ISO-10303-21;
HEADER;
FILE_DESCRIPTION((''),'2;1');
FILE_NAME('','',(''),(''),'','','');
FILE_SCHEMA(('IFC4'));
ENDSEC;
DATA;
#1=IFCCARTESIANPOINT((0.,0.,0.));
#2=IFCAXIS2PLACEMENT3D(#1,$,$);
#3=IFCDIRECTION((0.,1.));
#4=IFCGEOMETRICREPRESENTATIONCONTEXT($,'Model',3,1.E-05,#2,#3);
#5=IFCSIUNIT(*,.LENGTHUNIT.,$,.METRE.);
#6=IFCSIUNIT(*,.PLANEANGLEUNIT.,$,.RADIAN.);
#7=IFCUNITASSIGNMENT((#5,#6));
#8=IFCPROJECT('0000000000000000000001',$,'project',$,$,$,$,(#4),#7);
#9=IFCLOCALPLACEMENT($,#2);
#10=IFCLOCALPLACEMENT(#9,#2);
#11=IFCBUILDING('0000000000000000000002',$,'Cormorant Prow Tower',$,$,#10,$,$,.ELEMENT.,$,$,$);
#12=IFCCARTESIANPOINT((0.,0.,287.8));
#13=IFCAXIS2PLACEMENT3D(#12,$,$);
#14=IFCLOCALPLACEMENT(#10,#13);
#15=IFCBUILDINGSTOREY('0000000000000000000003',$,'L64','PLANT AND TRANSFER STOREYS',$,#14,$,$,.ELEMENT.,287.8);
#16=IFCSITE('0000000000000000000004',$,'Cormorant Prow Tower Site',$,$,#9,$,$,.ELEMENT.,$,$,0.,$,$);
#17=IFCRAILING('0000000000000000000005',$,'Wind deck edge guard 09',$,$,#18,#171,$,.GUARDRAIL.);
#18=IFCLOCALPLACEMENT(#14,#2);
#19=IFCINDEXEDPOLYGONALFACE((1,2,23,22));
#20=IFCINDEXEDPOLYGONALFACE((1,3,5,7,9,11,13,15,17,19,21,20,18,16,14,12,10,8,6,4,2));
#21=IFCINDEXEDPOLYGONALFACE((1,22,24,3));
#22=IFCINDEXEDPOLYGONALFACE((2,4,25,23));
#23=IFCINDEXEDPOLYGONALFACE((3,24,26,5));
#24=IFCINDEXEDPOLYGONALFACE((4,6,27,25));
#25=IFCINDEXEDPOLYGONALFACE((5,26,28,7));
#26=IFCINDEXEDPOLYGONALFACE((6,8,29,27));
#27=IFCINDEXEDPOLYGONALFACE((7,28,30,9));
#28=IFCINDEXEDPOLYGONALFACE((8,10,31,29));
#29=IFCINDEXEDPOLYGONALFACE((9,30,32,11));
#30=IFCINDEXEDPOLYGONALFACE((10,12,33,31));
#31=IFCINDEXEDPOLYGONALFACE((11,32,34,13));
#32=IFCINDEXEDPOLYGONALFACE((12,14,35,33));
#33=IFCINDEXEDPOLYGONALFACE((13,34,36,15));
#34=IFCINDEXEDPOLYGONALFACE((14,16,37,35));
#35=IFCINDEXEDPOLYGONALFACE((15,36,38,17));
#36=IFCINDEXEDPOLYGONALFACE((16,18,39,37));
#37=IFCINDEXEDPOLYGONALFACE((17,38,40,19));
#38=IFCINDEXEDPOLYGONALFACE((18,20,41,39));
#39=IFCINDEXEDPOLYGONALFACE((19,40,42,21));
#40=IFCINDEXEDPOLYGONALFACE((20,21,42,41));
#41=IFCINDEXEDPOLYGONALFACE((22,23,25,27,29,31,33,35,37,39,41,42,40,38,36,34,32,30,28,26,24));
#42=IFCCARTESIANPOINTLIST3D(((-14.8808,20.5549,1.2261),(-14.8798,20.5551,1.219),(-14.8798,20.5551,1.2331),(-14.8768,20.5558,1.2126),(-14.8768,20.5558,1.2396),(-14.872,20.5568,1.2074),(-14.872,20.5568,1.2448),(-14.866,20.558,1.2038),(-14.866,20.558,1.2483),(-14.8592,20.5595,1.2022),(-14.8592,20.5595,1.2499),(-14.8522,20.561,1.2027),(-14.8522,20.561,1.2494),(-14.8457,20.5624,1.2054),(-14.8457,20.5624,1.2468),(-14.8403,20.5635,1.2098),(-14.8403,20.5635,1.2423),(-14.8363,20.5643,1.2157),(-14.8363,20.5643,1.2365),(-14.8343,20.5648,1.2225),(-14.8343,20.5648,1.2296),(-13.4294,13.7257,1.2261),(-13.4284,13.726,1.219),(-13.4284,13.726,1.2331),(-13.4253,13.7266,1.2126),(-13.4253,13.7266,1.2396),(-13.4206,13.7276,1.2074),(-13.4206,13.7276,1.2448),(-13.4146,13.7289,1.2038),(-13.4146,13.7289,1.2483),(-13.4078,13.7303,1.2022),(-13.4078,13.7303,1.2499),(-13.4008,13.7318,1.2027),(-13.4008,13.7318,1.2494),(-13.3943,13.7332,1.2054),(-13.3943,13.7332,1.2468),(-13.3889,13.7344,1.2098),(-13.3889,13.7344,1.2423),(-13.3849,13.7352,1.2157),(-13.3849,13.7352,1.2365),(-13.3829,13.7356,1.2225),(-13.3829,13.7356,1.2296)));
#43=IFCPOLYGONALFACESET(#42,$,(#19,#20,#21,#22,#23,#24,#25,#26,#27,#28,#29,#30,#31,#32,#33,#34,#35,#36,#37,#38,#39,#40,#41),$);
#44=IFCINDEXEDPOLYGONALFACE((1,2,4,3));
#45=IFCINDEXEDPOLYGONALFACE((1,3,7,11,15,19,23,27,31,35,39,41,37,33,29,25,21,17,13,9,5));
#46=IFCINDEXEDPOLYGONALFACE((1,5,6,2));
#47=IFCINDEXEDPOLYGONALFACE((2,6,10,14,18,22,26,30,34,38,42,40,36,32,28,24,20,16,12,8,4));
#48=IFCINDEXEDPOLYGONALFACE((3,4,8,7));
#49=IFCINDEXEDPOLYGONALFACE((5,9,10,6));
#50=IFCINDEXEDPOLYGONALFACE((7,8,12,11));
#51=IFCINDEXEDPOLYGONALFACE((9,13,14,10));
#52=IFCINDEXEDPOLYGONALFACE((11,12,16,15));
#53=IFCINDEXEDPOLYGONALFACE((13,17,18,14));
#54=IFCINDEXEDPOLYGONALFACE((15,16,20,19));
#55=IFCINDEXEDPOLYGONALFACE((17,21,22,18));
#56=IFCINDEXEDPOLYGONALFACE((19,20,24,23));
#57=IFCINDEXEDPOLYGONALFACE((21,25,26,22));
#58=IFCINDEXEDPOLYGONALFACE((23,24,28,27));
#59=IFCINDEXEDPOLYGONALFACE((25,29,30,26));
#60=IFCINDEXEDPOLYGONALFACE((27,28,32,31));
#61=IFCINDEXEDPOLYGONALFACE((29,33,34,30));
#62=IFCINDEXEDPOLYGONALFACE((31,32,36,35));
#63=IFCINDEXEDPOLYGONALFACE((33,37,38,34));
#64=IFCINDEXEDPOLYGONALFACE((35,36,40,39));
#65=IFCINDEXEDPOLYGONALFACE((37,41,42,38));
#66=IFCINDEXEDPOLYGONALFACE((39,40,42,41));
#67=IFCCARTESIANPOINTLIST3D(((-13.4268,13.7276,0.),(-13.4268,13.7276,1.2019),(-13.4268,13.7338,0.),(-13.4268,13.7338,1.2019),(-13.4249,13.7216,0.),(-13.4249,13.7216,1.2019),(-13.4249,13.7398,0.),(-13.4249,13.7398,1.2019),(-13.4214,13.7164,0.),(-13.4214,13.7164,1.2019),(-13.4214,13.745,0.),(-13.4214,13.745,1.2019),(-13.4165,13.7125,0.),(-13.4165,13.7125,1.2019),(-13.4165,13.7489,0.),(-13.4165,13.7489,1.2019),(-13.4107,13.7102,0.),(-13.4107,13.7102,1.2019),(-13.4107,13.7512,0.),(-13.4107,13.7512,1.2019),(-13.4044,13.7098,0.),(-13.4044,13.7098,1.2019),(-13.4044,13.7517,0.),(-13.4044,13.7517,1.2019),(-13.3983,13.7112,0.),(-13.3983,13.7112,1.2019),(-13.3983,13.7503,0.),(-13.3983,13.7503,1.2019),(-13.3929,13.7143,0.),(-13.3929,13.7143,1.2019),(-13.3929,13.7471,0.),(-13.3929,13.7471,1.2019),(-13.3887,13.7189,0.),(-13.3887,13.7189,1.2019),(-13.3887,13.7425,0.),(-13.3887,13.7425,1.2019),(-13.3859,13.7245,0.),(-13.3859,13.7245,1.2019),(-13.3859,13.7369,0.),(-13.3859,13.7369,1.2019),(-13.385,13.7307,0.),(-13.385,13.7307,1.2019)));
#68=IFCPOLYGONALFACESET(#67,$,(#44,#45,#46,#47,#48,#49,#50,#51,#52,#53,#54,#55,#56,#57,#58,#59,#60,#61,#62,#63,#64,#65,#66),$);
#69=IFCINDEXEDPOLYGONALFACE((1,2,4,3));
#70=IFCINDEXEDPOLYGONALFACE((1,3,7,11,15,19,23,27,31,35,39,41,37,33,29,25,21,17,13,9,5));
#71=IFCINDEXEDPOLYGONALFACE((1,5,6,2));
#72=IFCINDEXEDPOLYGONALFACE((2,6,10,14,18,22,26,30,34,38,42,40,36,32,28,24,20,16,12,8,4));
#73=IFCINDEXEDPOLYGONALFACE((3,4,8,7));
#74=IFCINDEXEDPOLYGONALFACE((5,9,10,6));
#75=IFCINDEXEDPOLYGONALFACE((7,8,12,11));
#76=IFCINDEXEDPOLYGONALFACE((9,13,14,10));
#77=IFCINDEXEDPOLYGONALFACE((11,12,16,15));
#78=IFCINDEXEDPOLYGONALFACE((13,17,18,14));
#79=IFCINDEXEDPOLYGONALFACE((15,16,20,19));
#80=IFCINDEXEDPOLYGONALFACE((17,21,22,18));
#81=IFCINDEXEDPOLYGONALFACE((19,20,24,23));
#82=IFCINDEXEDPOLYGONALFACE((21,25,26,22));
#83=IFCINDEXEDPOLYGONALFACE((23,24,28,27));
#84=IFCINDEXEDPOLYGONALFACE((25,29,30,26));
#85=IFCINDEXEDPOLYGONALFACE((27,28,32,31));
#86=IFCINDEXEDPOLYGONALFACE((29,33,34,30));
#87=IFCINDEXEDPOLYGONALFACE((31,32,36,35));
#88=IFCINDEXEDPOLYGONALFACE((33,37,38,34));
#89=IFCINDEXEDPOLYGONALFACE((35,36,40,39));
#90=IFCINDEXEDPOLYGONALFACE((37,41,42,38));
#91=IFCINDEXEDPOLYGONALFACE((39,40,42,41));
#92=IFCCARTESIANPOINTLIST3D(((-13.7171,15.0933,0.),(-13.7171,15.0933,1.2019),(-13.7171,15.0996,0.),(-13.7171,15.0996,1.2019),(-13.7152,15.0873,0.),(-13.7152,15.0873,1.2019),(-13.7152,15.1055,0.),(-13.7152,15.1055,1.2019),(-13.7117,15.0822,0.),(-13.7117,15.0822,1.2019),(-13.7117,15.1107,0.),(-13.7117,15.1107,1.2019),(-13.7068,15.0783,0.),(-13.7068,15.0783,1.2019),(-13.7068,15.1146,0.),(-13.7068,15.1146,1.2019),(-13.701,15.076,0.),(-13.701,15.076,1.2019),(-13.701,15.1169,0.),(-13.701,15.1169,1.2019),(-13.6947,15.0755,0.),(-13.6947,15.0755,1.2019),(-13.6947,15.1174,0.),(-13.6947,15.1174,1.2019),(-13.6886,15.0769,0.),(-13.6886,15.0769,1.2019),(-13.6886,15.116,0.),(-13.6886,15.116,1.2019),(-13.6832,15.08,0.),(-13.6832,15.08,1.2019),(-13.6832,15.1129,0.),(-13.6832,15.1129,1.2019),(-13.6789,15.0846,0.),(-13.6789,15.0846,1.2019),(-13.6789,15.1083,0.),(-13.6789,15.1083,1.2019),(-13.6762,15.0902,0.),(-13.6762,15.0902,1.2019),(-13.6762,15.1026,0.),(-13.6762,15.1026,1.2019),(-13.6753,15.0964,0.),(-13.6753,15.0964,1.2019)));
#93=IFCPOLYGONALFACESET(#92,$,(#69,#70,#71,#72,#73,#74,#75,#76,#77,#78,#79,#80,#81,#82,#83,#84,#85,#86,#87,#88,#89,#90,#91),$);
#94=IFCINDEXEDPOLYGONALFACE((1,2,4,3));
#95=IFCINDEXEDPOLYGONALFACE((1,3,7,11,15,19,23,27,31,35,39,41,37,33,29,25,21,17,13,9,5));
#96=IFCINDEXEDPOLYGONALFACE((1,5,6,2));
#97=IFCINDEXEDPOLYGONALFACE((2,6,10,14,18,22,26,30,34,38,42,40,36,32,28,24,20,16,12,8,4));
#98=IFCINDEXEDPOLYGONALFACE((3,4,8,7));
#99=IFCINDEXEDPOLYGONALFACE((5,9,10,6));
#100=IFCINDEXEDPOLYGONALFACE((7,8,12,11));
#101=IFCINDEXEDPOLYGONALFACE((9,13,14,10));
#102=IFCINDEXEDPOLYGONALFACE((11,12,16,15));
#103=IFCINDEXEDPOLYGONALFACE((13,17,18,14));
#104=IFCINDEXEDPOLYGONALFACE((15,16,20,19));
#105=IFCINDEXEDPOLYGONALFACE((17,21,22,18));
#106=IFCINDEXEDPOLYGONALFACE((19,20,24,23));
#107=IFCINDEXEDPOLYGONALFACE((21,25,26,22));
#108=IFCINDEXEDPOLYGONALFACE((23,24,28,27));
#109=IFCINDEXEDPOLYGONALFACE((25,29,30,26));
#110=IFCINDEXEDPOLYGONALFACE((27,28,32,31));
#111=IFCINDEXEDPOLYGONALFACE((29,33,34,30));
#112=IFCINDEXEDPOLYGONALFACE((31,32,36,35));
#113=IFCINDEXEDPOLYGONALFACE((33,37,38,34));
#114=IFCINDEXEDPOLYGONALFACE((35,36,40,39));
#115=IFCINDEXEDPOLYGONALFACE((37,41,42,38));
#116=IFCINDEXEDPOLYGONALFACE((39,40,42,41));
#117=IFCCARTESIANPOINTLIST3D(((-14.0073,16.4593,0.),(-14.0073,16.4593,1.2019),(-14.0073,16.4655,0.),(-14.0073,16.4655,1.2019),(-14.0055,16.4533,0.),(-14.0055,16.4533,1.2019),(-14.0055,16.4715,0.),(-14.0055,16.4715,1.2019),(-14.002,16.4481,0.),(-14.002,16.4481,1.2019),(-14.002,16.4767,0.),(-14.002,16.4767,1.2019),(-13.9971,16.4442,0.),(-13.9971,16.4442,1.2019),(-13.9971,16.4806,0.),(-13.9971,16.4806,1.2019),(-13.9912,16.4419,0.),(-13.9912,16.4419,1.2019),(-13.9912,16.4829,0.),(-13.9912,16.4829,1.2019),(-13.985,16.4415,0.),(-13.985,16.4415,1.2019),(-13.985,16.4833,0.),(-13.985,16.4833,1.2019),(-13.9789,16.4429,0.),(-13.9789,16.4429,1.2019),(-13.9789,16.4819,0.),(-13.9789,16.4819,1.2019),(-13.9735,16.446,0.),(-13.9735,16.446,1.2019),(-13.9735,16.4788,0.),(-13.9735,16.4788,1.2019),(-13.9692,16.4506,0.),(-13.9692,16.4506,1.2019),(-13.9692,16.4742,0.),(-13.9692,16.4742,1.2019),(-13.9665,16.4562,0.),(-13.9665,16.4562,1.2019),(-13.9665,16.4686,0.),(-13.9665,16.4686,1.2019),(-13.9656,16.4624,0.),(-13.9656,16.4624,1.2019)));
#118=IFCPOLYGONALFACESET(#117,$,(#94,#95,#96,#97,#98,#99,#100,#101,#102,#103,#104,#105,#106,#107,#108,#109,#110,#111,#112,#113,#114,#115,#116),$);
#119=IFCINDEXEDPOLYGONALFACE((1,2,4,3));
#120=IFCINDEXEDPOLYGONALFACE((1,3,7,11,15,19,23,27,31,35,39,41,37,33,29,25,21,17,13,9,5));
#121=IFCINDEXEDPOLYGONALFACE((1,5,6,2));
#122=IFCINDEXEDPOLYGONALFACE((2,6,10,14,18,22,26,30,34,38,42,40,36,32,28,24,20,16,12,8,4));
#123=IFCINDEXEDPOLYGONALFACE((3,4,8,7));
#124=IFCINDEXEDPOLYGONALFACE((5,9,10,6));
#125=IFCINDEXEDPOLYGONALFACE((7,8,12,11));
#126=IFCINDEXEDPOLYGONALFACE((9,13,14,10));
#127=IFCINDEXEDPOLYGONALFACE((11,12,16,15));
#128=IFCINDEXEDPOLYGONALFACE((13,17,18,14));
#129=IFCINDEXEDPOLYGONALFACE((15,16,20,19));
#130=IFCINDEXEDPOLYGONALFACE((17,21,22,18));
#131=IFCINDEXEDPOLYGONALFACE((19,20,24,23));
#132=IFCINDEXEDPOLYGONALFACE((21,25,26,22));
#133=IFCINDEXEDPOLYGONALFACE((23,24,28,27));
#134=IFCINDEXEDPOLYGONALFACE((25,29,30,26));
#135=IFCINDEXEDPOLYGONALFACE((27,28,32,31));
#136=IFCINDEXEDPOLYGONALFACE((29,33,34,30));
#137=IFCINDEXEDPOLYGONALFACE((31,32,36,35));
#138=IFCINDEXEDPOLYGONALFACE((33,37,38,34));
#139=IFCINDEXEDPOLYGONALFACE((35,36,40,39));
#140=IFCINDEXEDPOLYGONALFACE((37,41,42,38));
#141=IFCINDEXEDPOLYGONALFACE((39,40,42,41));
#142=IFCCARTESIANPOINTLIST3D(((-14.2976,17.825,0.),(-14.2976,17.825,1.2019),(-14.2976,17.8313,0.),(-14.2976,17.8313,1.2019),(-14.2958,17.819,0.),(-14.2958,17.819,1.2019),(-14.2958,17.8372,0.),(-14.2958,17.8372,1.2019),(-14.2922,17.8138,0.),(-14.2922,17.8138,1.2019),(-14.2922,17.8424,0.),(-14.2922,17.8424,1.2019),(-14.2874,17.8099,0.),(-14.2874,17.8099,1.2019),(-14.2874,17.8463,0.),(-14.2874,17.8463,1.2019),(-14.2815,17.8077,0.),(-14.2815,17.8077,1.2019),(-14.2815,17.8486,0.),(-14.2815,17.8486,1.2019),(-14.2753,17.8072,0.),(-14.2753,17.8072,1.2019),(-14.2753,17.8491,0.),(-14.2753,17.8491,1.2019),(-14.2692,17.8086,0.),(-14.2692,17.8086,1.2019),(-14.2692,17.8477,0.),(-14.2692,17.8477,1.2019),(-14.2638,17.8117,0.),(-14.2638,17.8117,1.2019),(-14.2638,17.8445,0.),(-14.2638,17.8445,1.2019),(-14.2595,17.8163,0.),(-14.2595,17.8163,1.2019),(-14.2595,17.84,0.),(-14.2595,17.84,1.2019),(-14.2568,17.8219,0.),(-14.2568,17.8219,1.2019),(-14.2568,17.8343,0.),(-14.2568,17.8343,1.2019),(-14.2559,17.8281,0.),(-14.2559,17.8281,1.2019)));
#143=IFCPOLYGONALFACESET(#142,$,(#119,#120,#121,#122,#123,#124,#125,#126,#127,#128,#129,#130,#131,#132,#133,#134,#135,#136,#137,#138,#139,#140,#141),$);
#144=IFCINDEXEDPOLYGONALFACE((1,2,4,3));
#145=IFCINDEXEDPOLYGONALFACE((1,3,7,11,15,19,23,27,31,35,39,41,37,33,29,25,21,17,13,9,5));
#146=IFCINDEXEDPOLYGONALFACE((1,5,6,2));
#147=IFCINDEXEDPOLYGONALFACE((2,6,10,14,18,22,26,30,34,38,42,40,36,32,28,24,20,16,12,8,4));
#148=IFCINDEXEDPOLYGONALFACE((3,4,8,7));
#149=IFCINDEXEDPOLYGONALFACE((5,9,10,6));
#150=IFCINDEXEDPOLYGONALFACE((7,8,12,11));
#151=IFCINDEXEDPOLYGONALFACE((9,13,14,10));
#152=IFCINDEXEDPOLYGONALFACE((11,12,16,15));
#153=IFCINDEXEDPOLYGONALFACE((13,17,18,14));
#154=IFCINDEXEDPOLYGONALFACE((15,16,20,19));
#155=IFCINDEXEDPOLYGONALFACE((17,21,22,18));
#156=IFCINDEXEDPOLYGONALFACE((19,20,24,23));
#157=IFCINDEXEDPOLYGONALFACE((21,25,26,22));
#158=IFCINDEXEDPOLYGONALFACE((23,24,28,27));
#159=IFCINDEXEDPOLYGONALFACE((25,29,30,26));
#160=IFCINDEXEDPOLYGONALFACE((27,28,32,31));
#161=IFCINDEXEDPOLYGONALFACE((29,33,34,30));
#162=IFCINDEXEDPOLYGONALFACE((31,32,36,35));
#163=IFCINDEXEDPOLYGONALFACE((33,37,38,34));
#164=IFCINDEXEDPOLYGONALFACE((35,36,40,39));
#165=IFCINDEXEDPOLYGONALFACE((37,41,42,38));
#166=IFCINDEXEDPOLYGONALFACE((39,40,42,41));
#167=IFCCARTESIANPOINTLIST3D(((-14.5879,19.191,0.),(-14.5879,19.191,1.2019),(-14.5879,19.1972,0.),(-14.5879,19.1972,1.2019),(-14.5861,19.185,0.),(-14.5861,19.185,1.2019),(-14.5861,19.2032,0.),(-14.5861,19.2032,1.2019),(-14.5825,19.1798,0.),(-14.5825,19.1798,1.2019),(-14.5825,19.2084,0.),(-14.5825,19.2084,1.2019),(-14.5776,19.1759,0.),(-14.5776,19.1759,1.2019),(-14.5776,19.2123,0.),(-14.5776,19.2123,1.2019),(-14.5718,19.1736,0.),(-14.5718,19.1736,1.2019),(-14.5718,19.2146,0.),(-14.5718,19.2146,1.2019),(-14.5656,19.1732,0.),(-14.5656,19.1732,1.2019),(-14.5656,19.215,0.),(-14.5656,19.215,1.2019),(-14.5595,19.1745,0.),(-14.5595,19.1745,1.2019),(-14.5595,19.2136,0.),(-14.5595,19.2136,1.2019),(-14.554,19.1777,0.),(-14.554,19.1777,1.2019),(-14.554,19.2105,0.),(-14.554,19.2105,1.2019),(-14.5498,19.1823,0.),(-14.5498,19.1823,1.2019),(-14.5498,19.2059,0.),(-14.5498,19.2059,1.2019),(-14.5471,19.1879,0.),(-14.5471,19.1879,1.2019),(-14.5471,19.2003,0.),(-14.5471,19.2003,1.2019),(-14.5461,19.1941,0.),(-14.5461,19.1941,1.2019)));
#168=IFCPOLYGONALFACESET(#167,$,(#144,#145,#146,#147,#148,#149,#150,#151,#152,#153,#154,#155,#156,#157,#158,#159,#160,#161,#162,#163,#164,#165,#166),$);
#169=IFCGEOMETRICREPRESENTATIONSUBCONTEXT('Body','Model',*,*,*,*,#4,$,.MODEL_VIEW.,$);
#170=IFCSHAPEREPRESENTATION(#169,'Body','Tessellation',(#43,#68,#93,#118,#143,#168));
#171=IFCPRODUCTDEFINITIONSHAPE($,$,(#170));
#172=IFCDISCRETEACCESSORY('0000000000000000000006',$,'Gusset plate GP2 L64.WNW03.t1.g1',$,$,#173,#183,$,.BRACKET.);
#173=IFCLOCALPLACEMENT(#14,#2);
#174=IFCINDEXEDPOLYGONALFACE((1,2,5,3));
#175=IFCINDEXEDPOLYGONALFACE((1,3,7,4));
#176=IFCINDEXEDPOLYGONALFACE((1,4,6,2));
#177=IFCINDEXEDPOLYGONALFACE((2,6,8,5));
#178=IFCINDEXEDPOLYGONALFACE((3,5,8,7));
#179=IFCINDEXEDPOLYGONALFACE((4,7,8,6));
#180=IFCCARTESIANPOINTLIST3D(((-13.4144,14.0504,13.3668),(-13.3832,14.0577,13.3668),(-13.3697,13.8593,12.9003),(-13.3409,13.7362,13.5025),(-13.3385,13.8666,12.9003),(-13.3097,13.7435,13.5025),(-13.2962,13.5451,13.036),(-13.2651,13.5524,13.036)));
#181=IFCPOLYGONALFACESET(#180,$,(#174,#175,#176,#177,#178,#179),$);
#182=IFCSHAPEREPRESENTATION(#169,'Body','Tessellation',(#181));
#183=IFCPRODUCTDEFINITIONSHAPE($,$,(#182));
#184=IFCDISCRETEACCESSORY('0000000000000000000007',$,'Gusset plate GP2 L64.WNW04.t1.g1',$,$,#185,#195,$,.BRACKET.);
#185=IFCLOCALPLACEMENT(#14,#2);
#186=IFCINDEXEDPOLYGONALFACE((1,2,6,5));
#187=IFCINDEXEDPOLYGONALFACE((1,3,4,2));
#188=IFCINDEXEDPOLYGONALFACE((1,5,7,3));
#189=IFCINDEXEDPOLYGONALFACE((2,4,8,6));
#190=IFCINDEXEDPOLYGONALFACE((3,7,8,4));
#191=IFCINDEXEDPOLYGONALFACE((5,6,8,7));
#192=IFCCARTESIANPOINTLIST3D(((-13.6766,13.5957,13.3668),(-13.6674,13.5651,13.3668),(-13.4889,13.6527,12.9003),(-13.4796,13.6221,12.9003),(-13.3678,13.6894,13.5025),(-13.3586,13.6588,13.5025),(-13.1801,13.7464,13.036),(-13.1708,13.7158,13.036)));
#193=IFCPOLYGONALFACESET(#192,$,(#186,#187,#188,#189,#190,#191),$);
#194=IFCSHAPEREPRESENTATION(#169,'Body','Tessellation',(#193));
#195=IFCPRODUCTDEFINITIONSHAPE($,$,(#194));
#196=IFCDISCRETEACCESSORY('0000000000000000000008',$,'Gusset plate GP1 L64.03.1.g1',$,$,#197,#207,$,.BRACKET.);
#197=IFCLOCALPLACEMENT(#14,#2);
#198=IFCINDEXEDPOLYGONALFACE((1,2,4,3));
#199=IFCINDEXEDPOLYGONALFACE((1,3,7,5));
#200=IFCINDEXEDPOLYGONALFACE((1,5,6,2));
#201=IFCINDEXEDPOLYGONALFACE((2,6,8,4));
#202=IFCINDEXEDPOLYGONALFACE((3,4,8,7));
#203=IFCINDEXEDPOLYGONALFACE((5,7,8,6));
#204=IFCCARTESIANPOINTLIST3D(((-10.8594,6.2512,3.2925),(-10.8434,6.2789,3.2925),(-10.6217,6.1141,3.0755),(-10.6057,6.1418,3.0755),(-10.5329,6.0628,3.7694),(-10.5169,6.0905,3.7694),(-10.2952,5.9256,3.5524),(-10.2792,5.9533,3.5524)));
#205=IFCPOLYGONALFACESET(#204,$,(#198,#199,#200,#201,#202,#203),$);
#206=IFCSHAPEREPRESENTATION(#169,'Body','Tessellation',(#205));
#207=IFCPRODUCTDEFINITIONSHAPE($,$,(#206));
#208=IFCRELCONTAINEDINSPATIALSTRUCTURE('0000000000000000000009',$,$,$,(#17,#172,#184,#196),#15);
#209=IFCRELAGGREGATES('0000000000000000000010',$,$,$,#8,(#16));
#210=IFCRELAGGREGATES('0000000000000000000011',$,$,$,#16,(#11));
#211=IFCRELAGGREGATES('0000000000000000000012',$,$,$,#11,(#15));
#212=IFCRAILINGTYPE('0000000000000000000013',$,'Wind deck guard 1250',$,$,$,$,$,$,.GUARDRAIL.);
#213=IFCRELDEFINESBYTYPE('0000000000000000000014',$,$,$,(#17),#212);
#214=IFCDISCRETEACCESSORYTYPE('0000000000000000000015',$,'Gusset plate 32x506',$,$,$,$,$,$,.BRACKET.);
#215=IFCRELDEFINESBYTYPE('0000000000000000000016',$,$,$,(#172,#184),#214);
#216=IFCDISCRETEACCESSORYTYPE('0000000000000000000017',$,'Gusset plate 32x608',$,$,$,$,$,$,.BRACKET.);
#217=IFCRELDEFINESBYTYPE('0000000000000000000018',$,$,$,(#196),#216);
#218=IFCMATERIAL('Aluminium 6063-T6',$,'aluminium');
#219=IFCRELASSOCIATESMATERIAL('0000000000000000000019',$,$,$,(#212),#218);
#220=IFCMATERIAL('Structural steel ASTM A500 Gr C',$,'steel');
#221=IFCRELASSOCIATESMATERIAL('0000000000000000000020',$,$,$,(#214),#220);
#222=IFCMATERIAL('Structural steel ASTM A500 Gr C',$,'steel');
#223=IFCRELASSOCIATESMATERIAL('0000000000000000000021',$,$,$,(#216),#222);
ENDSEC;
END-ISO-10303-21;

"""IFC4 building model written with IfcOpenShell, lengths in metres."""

from ifc_helpers import new_model, si_unit, direction, frame, origin, origin_2d, place, context, subcontext, project, spatial, rectangle, circle, extrude, material, material_profile, profile_set, type_object, element, save


model = new_model("IFC4")

# Units and contexts
model_context = context("Model", 3, precision=1e-05, world=origin(), true_north=direction((0.0, 1.0)))
body_context = subcontext(model_context, "Body", "Model", "MODEL_VIEW")
ifc_project = project(units=[si_unit("LENGTHUNIT", "METRE"), si_unit("PLANEANGLEUNIT", "RADIAN")], contexts=[model_context])

# Site, building, storey
site_placement = place(None, origin())
site = spatial("IfcSite", under=ifc_project, at=site_placement, Name="Cormorant Prow Tower Site", CompositionType="ELEMENT", RefElevation=0.0)
building_placement = place(site_placement, origin())
building = spatial("IfcBuilding", under=site, at=building_placement, Name="Cormorant Prow Tower", CompositionType="ELEMENT")
storey_placement = place(building_placement, frame((0.0, 0.0, 287.8)))
storey = spatial("IfcBuildingStorey", under=building, at=storey_placement, Name="L64", Description="PLANT AND TRANSFER STOREYS", CompositionType="ELEMENT", Elevation=287.8)

# Railing
ifc_material_1 = material(Name="Aluminium 6063-T6", Category="aluminium")
railing_type = type_object("IfcRailingType", Name="Wind deck guard 1250", PredefinedType="GUARDRAIL", material=ifc_material_1)
railing_placement = place(storey_placement, frame((-13.406, 13.7307, 0.0)))
element("IfcRailing", 1, at=railing_placement, inside=storey, type_object=railing_type, Name="Wind deck edge guard 09", PredefinedType="GUARDRAIL", context=body_context, shape_type="SweptSolid", body=[
    extrude(circle(Radius=0.0239, at=origin_2d()), frame((0.0, 0.0, 1.2261), z_axis=(-0.207891, 0.978152, 0.0), x_axis=(-0.978152, -0.207891, 0.0)), (0.0, 0.0, 1.0), 6.9817),
    extrude(circle(Radius=0.021, at=origin_2d()), origin(), (0.0, 0.0, 1.0), 1.2019),
    extrude(circle(Radius=0.021, at=origin_2d()), frame((-0.2903, 1.3657, 0.0)), (0.0, 0.0, 1.0), 1.2019),
    extrude(circle(Radius=0.021, at=origin_2d()), frame((-0.5806, 2.7317, 0.0)), (0.0, 0.0, 1.0), 1.2019),
    extrude(circle(Radius=0.021, at=origin_2d()), frame((-0.8708, 4.0974, 0.0)), (0.0, 0.0, 1.0), 1.2019),
    extrude(circle(Radius=0.021, at=origin_2d()), frame((-1.1611, 5.4634, 0.0)), (0.0, 0.0, 1.0), 1.2019),
])

# Discrete accessories
ifc_material_2 = material(Name="Structural steel ASTM A500 Gr C", Category="steel")
ifc_material_profile_1 = material_profile(ifc_material_2, rectangle(XDim=0.032, YDim=0.5061, at=origin_2d()), Name="Gusset plate 32x506")
ifc_profile_set_1 = profile_set([ifc_material_profile_1], Name="Structural steel ASTM A500 Gr C")
discrete_accessory_type_1 = type_object("IfcDiscreteAccessoryType", Name="Gusset plate 32x506", PredefinedType="BRACKET", material=ifc_profile_set_1)
for number, where, z_axis, x_axis, name in (
    (2, (-13.3765, 13.9585, 13.1335), (0.209915, -0.897544, 0.38775), (0.973724, 0.227732, 0.0), "Gusset plate GP2 L64.WNW03.t1.g1"),
    (3, (-13.5781, 13.6089, 13.1335), (0.882049, 0.267752, 0.387683), (-0.290469, 0.956884, 0.0), "Gusset plate GP2 L64.WNW04.t1.g1"),
):
    element("IfcDiscreteAccessory", number, at=place(storey_placement, frame(where, z_axis=z_axis, x_axis=x_axis)), inside=storey, type_object=discrete_accessory_type_1, Name=name, PredefinedType="BRACKET", context=body_context, shape_type="SweptSolid", body=[
        extrude(rectangle(XDim=0.032, YDim=0.5061, at=origin_2d()), origin(), (0.0, 0.0, 1.0), 0.3501),
    ])
ifc_material_3 = material(Name="Structural steel ASTM A500 Gr C", Category="steel")
ifc_material_profile_2 = material_profile(ifc_material_3, rectangle(XDim=0.032, YDim=0.6079, at=origin_2d()), Name="Gusset plate 32x608")
ifc_profile_set_2 = profile_set([ifc_material_profile_2], Name="Structural steel ASTM A500 Gr C")
discrete_accessory_type_2 = type_object("IfcDiscreteAccessoryType", Name="Gusset plate 32x608", PredefinedType="BRACKET", material=ifc_profile_set_2)
for number, where, z_axis, x_axis, name in (
    (4, (-10.4504, 6.0337, 3.314), (-0.679469, 0.392055, 0.620173), (-0.499774, -0.866156, 0.0), "Gusset plate GP1 L64.03.1.g1"),
):
    element("IfcDiscreteAccessory", number, at=place(storey_placement, frame(where, z_axis=z_axis, x_axis=x_axis)), inside=storey, type_object=discrete_accessory_type_2, Name=name, PredefinedType="BRACKET", context=body_context, shape_type="SweptSolid", body=[
        extrude(rectangle(XDim=0.032, YDim=0.6079, at=origin_2d()), origin(), (0.0, 0.0, 1.0), 0.3499),
    ])

save(model, "model.ifc")
